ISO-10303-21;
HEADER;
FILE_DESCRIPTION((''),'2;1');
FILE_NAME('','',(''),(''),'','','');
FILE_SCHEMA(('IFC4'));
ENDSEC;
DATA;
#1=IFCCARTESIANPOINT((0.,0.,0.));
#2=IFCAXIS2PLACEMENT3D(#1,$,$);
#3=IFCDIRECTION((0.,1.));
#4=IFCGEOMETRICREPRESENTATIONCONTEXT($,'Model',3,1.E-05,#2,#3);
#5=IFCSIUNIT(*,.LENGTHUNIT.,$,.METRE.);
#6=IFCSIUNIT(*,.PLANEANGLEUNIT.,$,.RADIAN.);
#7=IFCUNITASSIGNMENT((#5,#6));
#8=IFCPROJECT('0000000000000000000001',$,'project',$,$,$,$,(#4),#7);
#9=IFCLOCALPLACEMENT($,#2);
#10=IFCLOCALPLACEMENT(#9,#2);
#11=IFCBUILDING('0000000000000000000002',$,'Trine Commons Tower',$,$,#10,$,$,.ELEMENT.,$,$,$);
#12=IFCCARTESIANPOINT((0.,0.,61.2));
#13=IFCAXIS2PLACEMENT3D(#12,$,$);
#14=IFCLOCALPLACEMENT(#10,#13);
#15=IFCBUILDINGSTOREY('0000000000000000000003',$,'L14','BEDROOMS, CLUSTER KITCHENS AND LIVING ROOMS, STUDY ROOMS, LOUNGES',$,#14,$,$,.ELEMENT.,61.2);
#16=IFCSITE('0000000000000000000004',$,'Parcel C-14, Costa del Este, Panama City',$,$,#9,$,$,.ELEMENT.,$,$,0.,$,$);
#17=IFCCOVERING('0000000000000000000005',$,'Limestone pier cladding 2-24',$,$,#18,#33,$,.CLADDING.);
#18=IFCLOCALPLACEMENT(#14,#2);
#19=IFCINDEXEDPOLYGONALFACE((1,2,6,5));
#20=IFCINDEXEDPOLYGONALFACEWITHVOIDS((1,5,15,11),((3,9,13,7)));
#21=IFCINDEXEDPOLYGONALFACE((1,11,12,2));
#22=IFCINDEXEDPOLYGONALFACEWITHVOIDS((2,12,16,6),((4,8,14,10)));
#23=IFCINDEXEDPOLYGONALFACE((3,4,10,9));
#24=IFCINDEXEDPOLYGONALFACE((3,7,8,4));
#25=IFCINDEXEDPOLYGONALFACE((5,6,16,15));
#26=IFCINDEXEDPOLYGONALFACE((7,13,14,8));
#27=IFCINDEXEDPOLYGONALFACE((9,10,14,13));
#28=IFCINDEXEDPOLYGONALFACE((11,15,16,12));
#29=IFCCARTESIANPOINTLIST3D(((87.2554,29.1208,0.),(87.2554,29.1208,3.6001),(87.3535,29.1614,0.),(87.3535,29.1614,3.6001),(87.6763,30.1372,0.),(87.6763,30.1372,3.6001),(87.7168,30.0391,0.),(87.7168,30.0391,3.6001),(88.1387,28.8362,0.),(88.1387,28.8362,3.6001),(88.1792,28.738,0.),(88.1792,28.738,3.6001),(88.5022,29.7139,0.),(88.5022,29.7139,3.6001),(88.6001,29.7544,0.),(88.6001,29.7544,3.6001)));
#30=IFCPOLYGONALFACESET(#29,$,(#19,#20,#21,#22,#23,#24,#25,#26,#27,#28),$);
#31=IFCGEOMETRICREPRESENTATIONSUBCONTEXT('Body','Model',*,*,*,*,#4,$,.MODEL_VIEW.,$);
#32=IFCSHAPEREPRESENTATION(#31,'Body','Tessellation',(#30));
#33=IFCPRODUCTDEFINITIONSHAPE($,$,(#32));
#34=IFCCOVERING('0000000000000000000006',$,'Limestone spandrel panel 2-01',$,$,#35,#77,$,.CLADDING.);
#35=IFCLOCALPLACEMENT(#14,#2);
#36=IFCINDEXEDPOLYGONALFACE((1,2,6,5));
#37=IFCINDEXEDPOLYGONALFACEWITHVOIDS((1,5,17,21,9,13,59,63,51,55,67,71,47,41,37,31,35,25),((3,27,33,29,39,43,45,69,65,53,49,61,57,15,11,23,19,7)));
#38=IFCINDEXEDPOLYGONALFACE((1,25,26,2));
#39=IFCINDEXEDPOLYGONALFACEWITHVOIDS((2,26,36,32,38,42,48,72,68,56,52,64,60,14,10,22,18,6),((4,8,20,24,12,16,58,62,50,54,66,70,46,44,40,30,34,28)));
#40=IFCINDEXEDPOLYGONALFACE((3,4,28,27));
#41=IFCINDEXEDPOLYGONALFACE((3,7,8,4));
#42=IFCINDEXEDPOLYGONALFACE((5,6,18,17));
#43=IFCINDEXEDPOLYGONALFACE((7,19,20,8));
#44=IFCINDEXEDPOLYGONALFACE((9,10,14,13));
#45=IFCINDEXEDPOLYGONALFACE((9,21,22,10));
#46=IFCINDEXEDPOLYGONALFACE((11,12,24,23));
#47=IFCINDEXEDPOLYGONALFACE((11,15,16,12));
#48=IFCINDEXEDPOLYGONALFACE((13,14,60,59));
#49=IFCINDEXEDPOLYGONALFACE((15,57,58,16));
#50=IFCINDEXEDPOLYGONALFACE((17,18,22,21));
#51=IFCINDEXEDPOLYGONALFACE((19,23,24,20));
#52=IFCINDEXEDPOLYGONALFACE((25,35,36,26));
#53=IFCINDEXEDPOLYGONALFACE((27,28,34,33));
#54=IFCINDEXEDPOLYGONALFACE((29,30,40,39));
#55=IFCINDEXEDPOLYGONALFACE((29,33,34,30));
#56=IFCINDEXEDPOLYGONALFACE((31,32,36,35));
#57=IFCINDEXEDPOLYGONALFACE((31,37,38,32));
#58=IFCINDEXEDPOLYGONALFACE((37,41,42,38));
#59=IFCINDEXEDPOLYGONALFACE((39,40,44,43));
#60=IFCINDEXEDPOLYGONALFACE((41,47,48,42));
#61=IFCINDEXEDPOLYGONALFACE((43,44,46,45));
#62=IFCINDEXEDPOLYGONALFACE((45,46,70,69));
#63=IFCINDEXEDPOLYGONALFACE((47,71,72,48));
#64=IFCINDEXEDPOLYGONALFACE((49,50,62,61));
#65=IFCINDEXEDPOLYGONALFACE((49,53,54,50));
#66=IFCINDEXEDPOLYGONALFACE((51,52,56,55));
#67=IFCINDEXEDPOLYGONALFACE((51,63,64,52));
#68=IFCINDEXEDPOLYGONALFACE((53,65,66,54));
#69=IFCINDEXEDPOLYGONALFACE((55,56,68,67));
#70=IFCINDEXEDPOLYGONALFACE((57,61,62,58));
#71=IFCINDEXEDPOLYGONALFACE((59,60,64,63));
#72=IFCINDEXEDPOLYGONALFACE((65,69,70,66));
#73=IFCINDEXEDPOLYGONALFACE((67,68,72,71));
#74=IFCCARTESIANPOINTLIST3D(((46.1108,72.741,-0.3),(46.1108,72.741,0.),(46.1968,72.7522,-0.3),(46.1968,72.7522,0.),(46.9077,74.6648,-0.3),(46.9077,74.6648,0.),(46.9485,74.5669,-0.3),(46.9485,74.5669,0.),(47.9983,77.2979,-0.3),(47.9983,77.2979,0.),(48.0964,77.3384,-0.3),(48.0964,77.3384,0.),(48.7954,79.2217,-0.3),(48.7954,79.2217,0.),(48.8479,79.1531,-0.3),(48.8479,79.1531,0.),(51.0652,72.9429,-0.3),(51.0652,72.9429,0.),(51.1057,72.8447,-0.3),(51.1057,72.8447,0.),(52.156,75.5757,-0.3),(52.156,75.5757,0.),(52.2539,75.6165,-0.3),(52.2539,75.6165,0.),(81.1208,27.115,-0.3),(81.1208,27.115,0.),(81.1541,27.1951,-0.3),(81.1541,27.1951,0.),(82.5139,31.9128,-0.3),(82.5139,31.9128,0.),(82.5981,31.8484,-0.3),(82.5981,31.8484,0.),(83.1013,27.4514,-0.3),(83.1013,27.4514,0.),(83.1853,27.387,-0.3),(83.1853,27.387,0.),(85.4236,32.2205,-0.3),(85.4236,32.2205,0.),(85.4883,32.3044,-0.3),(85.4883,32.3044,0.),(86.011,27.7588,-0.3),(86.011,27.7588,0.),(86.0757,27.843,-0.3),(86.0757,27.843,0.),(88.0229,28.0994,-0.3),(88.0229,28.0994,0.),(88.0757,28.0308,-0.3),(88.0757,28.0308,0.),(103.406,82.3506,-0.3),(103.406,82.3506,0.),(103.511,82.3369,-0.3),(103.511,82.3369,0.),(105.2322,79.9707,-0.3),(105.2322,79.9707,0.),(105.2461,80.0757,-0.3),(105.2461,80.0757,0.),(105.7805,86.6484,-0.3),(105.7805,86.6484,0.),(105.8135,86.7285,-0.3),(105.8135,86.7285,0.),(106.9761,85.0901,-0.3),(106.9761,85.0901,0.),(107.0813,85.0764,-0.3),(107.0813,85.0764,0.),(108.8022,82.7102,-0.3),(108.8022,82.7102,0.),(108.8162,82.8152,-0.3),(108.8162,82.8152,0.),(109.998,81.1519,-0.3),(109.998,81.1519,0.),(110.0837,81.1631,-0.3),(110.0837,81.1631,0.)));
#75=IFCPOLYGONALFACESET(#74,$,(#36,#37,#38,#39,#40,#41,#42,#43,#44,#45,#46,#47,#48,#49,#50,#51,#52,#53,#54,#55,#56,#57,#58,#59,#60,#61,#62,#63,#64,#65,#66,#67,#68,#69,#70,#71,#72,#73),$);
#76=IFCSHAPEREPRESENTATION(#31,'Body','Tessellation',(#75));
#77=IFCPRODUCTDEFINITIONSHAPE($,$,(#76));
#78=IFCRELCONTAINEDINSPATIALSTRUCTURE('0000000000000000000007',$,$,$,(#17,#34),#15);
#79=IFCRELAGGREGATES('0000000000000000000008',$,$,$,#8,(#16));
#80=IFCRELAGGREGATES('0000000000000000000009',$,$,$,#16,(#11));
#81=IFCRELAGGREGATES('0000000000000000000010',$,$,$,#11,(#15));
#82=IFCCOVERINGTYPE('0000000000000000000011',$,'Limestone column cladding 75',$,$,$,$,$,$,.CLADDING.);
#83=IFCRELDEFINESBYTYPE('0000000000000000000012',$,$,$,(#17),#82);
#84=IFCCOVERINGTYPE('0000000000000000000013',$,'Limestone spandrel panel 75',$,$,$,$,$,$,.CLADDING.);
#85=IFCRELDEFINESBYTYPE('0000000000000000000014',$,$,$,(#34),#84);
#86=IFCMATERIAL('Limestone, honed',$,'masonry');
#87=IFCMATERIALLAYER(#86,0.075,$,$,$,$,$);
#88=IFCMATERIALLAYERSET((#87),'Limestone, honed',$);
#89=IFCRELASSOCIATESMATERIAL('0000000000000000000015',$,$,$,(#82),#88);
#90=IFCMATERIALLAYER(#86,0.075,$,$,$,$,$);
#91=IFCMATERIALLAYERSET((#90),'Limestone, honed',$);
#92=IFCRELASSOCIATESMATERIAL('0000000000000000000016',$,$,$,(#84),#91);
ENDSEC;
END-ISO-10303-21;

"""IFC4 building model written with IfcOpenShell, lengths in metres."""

from ifc_helpers import new_model, si_unit, direction, frame, origin, place, context, subcontext, project, spatial, polyline, outline, extrude, material, layer, layer_set, type_object, element, save


model = new_model("IFC4")

# Units and contexts
model_context = context("Model", 3, precision=1e-05, world=origin(), true_north=direction((0.0, 1.0)))
body_context = subcontext(model_context, "Body", "Model", "MODEL_VIEW")
ifc_project = project(units=[si_unit("LENGTHUNIT", "METRE"), si_unit("PLANEANGLEUNIT", "RADIAN")], contexts=[model_context])

# Site, building, storey
site_placement = place(None, origin())
site = spatial("IfcSite", under=ifc_project, at=site_placement, Name="Parcel C-14, Costa del Este, Panama City", CompositionType="ELEMENT", RefElevation=0.0)
building_placement = place(site_placement, origin())
building = spatial("IfcBuilding", under=site, at=building_placement, Name="Trine Commons Tower", CompositionType="ELEMENT")
storey_placement = place(building_placement, frame((0.0, 0.0, 61.2)))
storey = spatial("IfcBuildingStorey", under=building, at=storey_placement, Name="L14", Description="BEDROOMS, CLUSTER KITCHENS AND LIVING ROOMS, STUDY ROOMS, LOUNGES", CompositionType="ELEMENT", Elevation=61.2)

# Coverings
ifc_material_1 = material(Name="Limestone, honed", Category="masonry")
ifc_layer_1 = layer(ifc_material_1, 0.075)
ifc_layer_set_1 = layer_set([ifc_layer_1], Name="Limestone, honed")
covering_type_1 = type_object("IfcCoveringType", Name="Limestone column cladding 75", PredefinedType="CLADDING", material=ifc_layer_set_1)
covering_1_placement = place(storey_placement, origin())
element("IfcCovering", 1, at=covering_1_placement, inside=storey, type_object=covering_type_1, Name="Limestone pier cladding 2-24", PredefinedType="CLADDING", context=body_context, shape_type="SweptSolid", body=[
    extrude(outline(polyline([(88.6001, 29.7544), (87.6763, 30.1372), (87.2554, 29.1208), (88.1792, 28.738), (88.6001, 29.7544)]), holes=[polyline([(88.5022, 29.7139), (87.7168, 30.0391), (87.3535, 29.1614), (88.1387, 28.8362), (88.5022, 29.7139)])]), origin(), (0.0, 0.0, 1.0), 3.6001),
])
ifc_layer_2 = layer(ifc_material_1, 0.075)
ifc_layer_set_2 = layer_set([ifc_layer_2], Name="Limestone, honed")
covering_type_2 = type_object("IfcCoveringType", Name="Limestone spandrel panel 75", PredefinedType="CLADDING", material=ifc_layer_set_2)
covering_2_placement = place(storey_placement, frame((0.0, 0.0, -0.3)))
element("IfcCovering", 2, at=covering_2_placement, inside=storey, type_object=covering_type_2, Name="Limestone spandrel panel 2-01", PredefinedType="CLADDING", context=body_context, shape_type="SweptSolid", body=[
    extrude(outline(polyline([(85.4236, 32.2205), (86.011, 27.7588), (88.0757, 28.0308), (110.0837, 81.1631), (108.8162, 82.8152), (105.2461, 80.0757), (103.511, 82.3369), (107.0813, 85.0764), (105.8135, 86.7285), (48.7954, 79.2217), (47.9983, 77.2979), (52.156, 75.5757), (51.0652, 72.9429), (46.9077, 74.6648), (46.1108, 72.741), (81.1208, 27.115), (83.1853, 27.387), (82.5981, 31.8484), (85.4236, 32.2205)]), holes=[polyline([(108.8022, 82.7102), (109.998, 81.1519), (88.0229, 28.0994), (86.0757, 27.843), (85.4883, 32.3044), (82.5139, 31.9128), (83.1013, 27.4514), (81.1541, 27.1951), (46.1968, 72.7522), (46.9485, 74.5669), (51.1057, 72.8447), (52.2539, 75.6165), (48.0964, 77.3384), (48.8479, 79.1531), (105.7805, 86.6484), (106.9761, 85.0901), (103.406, 82.3506), (105.2322, 79.9707), (108.8022, 82.7102)])]), origin(), (0.0, 0.0, 1.0), 0.3),
])

save(model, "model.ifc")
